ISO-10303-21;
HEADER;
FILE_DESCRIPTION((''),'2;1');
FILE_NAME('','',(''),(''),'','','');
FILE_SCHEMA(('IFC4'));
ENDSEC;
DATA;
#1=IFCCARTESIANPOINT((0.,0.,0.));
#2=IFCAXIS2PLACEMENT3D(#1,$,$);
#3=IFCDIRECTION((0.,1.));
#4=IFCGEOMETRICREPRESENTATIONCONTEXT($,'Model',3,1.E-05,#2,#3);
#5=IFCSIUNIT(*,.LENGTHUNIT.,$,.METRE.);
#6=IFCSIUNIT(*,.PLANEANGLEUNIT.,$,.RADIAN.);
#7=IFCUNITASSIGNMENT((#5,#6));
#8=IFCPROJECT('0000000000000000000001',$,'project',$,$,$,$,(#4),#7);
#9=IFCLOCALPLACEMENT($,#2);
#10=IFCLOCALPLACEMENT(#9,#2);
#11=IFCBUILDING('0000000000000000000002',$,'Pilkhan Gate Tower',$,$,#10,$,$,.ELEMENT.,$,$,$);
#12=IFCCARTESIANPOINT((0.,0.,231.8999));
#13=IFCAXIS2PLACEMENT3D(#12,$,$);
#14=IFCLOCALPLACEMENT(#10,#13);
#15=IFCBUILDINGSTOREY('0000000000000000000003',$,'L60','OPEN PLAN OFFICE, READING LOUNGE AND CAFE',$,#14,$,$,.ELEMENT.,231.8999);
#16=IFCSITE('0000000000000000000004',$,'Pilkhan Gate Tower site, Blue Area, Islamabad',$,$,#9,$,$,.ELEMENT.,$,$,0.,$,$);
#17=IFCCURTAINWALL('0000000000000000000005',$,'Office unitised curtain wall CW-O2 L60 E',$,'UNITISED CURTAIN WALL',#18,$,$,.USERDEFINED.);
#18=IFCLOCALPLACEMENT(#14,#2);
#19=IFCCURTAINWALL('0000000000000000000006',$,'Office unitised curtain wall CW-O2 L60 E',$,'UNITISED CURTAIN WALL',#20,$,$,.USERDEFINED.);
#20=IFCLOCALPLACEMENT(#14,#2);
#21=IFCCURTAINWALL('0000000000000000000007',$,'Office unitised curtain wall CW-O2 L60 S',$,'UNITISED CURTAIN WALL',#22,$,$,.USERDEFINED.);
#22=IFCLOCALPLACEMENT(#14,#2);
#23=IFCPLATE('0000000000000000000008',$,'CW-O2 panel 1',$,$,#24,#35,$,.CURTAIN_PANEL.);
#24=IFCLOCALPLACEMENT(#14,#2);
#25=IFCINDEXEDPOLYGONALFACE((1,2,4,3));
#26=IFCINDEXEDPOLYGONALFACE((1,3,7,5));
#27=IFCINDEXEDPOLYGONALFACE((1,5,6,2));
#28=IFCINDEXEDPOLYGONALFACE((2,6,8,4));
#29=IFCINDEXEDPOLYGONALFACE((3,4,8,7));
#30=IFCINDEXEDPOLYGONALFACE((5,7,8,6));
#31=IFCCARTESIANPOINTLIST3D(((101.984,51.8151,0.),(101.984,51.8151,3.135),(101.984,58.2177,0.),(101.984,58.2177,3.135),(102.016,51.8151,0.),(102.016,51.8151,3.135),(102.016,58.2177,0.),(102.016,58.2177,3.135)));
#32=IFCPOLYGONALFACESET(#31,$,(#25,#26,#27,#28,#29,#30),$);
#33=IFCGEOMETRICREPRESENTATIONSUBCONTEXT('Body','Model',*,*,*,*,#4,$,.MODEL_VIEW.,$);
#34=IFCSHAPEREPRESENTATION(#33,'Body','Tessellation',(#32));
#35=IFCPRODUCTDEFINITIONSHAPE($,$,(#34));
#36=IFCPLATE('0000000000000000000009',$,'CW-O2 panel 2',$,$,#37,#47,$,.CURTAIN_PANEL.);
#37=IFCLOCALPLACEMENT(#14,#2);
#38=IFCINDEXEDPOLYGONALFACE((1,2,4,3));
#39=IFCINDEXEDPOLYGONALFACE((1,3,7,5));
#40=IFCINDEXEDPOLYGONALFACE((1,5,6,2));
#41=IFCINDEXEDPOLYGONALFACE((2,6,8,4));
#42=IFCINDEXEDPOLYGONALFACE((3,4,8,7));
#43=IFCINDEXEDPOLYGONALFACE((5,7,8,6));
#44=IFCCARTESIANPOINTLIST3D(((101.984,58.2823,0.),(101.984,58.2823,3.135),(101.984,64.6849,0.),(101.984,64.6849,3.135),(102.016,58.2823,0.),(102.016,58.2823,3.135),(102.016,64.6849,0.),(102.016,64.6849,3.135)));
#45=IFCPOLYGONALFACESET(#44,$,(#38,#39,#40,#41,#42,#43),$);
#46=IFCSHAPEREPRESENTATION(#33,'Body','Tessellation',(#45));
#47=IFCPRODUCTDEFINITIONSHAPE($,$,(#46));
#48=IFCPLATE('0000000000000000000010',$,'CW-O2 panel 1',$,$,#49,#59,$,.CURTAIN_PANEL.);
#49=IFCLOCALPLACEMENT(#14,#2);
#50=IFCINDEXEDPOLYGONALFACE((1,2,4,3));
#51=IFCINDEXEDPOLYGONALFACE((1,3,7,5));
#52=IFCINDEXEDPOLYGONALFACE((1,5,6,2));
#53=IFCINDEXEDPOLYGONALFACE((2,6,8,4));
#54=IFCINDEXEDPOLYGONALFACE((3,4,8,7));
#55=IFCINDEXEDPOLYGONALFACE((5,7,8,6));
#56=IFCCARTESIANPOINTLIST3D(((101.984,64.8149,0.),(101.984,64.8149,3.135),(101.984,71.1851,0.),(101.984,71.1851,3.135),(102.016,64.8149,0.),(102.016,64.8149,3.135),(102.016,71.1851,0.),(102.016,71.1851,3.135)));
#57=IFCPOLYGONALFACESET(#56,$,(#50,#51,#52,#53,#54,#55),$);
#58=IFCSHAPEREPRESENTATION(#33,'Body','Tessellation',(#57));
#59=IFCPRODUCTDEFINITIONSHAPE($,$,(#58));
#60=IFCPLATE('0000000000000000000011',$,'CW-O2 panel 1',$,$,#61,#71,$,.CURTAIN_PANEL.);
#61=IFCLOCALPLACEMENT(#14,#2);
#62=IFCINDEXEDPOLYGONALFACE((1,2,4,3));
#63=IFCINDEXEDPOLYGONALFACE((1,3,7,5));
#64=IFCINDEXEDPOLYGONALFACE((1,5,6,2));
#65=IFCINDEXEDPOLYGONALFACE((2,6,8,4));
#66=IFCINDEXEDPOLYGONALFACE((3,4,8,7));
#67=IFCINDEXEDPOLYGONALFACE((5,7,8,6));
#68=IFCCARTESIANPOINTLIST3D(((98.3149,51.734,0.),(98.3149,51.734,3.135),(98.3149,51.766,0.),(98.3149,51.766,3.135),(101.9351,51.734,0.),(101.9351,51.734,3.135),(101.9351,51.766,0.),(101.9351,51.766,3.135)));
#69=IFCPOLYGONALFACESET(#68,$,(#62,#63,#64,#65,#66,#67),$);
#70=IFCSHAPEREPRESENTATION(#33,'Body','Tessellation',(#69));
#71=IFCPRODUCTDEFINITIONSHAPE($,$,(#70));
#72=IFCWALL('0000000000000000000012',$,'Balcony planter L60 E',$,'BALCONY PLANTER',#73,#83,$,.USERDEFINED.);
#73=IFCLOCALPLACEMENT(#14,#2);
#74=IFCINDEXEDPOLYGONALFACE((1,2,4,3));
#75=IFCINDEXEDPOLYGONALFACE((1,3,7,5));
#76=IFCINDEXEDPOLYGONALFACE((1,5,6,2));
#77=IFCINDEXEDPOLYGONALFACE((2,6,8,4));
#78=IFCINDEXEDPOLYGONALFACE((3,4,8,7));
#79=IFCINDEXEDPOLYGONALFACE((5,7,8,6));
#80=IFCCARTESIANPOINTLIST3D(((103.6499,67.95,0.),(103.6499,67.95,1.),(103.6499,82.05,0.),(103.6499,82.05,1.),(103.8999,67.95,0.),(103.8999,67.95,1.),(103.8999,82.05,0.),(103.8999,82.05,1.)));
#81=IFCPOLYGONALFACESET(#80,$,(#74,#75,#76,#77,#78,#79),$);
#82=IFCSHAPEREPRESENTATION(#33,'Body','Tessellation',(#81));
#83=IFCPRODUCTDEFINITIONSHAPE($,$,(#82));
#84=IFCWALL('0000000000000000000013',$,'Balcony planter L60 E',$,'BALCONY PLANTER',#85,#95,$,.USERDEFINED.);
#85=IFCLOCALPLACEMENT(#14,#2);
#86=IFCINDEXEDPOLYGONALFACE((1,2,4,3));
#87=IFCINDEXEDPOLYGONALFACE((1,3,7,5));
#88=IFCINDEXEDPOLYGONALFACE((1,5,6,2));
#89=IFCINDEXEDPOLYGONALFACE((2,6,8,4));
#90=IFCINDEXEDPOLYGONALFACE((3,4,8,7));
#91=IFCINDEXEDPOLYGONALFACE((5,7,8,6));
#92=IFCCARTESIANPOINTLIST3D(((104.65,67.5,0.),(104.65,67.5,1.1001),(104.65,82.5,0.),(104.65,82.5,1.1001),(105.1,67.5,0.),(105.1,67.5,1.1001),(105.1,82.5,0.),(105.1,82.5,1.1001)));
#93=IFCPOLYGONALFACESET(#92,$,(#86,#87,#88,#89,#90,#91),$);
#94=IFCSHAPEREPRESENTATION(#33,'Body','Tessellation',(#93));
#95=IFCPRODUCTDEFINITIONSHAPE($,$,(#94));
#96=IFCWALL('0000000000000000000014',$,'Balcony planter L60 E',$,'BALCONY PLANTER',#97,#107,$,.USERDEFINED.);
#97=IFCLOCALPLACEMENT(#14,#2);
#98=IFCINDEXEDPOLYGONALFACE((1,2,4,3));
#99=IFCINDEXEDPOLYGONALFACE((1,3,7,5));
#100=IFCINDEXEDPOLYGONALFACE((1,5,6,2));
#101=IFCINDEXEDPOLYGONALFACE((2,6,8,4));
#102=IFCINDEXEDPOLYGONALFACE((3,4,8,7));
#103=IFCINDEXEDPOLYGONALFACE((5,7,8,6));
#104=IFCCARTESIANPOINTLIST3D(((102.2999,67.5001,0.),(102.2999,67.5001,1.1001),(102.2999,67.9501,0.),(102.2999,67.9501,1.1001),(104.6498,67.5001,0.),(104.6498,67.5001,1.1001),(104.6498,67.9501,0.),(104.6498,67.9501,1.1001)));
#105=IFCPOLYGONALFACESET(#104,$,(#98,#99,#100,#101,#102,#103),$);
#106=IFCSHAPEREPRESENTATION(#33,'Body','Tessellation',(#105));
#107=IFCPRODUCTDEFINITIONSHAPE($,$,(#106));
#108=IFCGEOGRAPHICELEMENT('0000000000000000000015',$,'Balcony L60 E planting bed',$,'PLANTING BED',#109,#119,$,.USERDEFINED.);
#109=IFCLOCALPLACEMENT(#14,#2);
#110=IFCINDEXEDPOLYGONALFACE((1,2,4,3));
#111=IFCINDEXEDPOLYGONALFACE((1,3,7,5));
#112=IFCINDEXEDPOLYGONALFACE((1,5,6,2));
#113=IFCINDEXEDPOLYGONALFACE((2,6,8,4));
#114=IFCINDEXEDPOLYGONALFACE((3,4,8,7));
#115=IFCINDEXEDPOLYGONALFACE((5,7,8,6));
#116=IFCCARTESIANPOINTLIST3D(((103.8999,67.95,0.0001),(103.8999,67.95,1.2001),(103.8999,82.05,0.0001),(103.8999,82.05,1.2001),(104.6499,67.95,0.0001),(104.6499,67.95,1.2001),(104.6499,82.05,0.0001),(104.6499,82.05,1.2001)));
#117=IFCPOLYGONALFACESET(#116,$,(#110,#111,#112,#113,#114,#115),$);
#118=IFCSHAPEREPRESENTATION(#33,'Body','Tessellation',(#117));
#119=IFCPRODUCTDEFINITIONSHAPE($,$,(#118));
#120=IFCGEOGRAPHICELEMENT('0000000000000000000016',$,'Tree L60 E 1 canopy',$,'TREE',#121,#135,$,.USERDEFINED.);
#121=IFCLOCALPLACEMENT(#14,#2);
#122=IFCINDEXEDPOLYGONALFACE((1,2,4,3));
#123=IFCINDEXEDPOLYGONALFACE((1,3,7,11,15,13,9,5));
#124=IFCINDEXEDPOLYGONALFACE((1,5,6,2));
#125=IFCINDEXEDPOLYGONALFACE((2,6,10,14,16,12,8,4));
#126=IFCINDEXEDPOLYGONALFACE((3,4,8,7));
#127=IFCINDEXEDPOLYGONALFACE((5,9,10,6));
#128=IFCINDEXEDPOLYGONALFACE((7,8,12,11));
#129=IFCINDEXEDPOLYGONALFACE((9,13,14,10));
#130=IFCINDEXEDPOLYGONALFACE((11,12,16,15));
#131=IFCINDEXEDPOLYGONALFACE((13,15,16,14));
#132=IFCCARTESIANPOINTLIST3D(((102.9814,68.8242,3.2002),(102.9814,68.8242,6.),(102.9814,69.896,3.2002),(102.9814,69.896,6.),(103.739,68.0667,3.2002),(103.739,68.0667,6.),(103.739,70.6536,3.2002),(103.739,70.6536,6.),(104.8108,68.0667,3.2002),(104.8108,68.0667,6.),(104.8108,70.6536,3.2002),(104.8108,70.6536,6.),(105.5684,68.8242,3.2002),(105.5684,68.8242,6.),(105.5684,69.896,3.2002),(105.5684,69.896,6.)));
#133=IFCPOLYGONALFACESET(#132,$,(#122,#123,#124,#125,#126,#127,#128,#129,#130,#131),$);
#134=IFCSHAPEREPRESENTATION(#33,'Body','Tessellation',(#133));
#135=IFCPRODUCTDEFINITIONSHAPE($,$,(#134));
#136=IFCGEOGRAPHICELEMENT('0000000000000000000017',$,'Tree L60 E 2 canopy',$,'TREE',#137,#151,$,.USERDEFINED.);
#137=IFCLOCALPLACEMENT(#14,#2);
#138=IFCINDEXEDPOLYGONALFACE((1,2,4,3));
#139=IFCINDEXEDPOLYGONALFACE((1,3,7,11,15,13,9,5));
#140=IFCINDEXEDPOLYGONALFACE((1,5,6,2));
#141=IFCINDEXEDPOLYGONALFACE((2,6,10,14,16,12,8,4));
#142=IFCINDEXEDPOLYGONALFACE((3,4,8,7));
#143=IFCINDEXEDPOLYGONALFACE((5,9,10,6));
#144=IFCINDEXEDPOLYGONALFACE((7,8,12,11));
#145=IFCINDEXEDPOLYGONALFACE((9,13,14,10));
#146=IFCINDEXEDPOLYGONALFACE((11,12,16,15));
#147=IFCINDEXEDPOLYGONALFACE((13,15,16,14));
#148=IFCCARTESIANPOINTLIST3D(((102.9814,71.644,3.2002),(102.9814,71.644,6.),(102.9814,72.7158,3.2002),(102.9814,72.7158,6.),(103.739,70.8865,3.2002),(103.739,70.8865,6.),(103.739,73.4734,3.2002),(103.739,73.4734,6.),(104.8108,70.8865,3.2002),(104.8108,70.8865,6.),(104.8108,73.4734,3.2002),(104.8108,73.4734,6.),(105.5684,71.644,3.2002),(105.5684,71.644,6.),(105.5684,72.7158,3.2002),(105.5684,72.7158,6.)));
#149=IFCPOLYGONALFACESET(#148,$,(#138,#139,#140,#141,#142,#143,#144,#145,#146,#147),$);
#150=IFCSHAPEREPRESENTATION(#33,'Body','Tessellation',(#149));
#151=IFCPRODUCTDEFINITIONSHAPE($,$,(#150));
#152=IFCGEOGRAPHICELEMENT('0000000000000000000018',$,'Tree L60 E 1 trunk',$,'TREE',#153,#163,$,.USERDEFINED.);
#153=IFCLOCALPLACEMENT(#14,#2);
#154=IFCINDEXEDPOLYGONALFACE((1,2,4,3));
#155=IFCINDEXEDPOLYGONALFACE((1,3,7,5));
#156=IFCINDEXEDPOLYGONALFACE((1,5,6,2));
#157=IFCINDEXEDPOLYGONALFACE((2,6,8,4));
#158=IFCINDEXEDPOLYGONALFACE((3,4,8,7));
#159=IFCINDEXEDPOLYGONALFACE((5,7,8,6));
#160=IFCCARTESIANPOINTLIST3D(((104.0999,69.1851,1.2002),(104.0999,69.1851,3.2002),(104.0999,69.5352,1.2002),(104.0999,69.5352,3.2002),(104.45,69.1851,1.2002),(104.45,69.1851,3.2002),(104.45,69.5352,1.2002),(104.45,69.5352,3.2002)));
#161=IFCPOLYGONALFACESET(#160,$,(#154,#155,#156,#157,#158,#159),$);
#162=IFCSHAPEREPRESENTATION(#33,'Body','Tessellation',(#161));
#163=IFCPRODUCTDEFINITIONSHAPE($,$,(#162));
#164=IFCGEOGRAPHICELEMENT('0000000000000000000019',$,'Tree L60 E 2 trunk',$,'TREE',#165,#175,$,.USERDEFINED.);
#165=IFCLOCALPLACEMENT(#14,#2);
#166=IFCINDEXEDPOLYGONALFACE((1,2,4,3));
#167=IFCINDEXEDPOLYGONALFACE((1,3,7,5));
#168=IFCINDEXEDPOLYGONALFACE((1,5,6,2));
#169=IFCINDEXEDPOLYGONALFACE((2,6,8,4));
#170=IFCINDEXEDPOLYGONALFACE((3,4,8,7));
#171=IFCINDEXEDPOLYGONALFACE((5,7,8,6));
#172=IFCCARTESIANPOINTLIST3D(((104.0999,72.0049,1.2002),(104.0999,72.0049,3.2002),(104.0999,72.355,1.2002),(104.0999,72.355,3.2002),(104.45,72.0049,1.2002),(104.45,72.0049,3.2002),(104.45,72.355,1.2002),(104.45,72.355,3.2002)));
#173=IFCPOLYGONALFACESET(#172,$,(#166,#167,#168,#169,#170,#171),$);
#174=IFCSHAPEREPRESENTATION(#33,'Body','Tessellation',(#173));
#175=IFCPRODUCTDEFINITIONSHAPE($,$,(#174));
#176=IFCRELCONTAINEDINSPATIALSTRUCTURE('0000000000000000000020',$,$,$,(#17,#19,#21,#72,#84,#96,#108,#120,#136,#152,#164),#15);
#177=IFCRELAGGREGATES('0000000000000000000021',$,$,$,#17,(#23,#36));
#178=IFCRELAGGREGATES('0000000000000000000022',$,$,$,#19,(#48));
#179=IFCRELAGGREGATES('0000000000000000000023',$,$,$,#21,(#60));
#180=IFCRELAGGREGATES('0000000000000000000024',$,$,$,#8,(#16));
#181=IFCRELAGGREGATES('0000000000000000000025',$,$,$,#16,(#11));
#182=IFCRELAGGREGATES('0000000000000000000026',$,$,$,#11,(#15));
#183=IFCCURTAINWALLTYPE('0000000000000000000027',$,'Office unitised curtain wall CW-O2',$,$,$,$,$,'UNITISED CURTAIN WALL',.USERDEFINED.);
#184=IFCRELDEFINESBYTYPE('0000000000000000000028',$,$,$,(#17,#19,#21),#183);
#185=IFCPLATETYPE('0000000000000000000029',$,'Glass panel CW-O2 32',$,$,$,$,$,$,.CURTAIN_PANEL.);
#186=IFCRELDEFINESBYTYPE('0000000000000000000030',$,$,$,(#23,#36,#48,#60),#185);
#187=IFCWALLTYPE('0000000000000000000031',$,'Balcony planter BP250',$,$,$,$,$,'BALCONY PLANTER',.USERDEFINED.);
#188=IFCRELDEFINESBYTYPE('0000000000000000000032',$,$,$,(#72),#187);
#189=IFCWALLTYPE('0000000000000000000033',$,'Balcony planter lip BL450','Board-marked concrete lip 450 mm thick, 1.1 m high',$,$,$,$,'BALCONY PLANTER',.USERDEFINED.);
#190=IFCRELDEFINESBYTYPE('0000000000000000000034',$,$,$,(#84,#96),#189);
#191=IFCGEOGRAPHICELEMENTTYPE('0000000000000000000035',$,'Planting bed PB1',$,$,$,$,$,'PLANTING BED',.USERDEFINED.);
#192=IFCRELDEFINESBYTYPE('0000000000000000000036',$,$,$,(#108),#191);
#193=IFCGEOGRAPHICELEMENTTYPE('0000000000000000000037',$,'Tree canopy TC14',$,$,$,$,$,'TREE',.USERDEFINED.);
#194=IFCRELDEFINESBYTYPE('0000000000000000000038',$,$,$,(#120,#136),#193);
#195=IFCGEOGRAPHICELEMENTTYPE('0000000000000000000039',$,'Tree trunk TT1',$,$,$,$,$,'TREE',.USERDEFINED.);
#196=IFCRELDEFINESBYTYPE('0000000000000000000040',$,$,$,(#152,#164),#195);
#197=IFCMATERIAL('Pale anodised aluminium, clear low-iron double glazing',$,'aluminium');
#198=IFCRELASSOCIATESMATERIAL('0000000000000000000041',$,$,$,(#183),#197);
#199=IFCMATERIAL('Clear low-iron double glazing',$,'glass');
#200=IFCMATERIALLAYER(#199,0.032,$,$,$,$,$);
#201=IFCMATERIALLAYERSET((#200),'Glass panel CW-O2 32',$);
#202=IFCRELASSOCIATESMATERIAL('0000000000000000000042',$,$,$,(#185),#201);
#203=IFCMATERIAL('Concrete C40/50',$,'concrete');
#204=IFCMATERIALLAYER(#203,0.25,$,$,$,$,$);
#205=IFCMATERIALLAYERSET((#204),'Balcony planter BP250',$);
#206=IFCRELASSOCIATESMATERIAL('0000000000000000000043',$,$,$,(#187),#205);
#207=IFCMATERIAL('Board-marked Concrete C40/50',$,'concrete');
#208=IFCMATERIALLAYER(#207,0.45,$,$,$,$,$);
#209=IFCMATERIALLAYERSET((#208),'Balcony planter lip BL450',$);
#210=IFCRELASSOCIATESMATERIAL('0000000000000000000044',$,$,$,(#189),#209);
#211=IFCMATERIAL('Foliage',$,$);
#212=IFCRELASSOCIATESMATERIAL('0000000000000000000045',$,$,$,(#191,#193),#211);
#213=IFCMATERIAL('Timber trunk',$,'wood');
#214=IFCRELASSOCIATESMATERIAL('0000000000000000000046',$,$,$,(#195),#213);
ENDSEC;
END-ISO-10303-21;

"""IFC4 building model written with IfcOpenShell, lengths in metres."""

from ifc_helpers import new_model, si_unit, direction, frame, frame_2d, origin, origin_2d, place, context, subcontext, project, spatial, polyline, rectangle, outline, extrude, material, layer, layer_set, material_profile, profile_set, type_object, element, aggregate, save


model = new_model("IFC4")

# Units and contexts
model_context = context("Model", 3, precision=1e-05, world=origin(), true_north=direction((0.0, 1.0)))
body_context = subcontext(model_context, "Body", "Model", "MODEL_VIEW")
ifc_project = project(units=[si_unit("LENGTHUNIT", "METRE"), si_unit("PLANEANGLEUNIT", "RADIAN")], contexts=[model_context])

# Site, building, storey
site_placement = place(None, origin())
site = spatial("IfcSite", under=ifc_project, at=site_placement, Name="Pilkhan Gate Tower site, Blue Area, Islamabad", CompositionType="ELEMENT", RefElevation=0.0)
building_placement = place(site_placement, origin())
building = spatial("IfcBuilding", under=site, at=building_placement, Name="Pilkhan Gate Tower", CompositionType="ELEMENT")
storey_placement = place(building_placement, frame((0.0, 0.0, 231.8999)))
storey = spatial("IfcBuildingStorey", under=building, at=storey_placement, Name="L60", Description="OPEN PLAN OFFICE, READING LOUNGE AND CAFE", CompositionType="ELEMENT", Elevation=231.8999)

# Curtain walls
ifc_material_1 = material(Name="Pale anodised aluminium, clear low-iron double glazing", Category="aluminium")
curtain_wall_type = type_object("IfcCurtainWallType", Name="Office unitised curtain wall CW-O2", ElementType="UNITISED CURTAIN WALL", PredefinedType="USERDEFINED", material=ifc_material_1)
curtain_wall_1_placement = place(storey_placement, origin())
curtain_wall_1 = element("IfcCurtainWall", 1, at=curtain_wall_1_placement, inside=storey, type_object=curtain_wall_type, Name="Office unitised curtain wall CW-O2 L60 E", ObjectType="UNITISED CURTAIN WALL", PredefinedType="USERDEFINED")
curtain_wall_2_placement = place(storey_placement, origin())
curtain_wall_2 = element("IfcCurtainWall", 2, at=curtain_wall_2_placement, inside=storey, type_object=curtain_wall_type, Name="Office unitised curtain wall CW-O2 L60 E", ObjectType="UNITISED CURTAIN WALL", PredefinedType="USERDEFINED")
curtain_wall_3_placement = place(storey_placement, origin())
curtain_wall_3 = element("IfcCurtainWall", 3, at=curtain_wall_3_placement, inside=storey, type_object=curtain_wall_type, Name="Office unitised curtain wall CW-O2 L60 S", ObjectType="UNITISED CURTAIN WALL", PredefinedType="USERDEFINED")

# Plates
ifc_material_2 = material(Name="Clear low-iron double glazing", Category="glass")
ifc_layer_1 = layer(ifc_material_2, 0.032)
ifc_layer_set_1 = layer_set([ifc_layer_1], Name="Glass panel CW-O2 32")
plate_type = type_object("IfcPlateType", Name="Glass panel CW-O2 32", PredefinedType="CURTAIN_PANEL", material=ifc_layer_set_1)
plate_1_placement = place(storey_placement, frame((102.0, 55.0164, 0.0), z_axis=(0.0, 0.0, 1.0), x_axis=(0.0, 1.0, 0.0)))
plate_1 = element("IfcPlate", 4, at=plate_1_placement, type_object=plate_type, Name="CW-O2 panel 1", PredefinedType="CURTAIN_PANEL", context=body_context, shape_type="SweptSolid", body=[
    extrude(rectangle(XDim=6.4026, YDim=0.032, at=origin_2d()), origin(), (0.0, 0.0, 1.0), 3.135),
])
plate_2_placement = place(storey_placement, frame((102.0, 61.4836, 0.0), z_axis=(0.0, 0.0, 1.0), x_axis=(0.0, 1.0, 0.0)))
plate_2 = element("IfcPlate", 5, at=plate_2_placement, type_object=plate_type, Name="CW-O2 panel 2", PredefinedType="CURTAIN_PANEL", context=body_context, shape_type="SweptSolid", body=[
    extrude(rectangle(XDim=6.4026, YDim=0.032, at=origin_2d()), origin(), (0.0, 0.0, 1.0), 3.135),
])
aggregate(curtain_wall_1, [plate_1, plate_2])
plate_3_placement = place(storey_placement, frame((102.0, 68.0, 0.0), z_axis=(0.0, 0.0, 1.0), x_axis=(0.0, 1.0, 0.0)))
plate_3 = element("IfcPlate", 6, at=plate_3_placement, type_object=plate_type, Name="CW-O2 panel 1", PredefinedType="CURTAIN_PANEL", context=body_context, shape_type="SweptSolid", body=[
    extrude(rectangle(XDim=6.3701, YDim=0.032, at=origin_2d()), origin(), (0.0, 0.0, 1.0), 3.135),
])
aggregate(curtain_wall_2, [plate_3])
plate_4_placement = place(storey_placement, frame((100.125, 51.75, 0.0), z_axis=(0.0, 0.0, 1.0), x_axis=(1.0, 0.0, 0.0)))
plate_4 = element("IfcPlate", 7, at=plate_4_placement, type_object=plate_type, Name="CW-O2 panel 1", PredefinedType="CURTAIN_PANEL", context=body_context, shape_type="SweptSolid", body=[
    extrude(rectangle(XDim=3.6201, YDim=0.032, at=origin_2d()), origin(), (0.0, 0.0, 1.0), 3.135),
])
aggregate(curtain_wall_3, [plate_4])

# Walls
ifc_material_3 = material(Name="Concrete C40/50", Category="concrete")
ifc_layer_2 = layer(ifc_material_3, 0.25)
ifc_layer_set_2 = layer_set([ifc_layer_2], Name="Balcony planter BP250")
wall_type_1 = type_object("IfcWallType", Name="Balcony planter BP250", ElementType="BALCONY PLANTER", PredefinedType="USERDEFINED", material=ifc_layer_set_2)
wall_1_placement = place(storey_placement, frame((103.7749, 67.95, 0.0), z_axis=(0.0, 0.0, 1.0), x_axis=(0.0, 1.0, 0.0)))
element("IfcWall", 8, at=wall_1_placement, inside=storey, type_object=wall_type_1, Name="Balcony planter L60 E", ObjectType="BALCONY PLANTER", PredefinedType="USERDEFINED", context=body_context, shape_type="SweptSolid", body=[
    extrude(rectangle(XDim=14.1001, YDim=0.25, at=frame_2d((7.05, 0.0))), origin(), (0.0, 0.0, 1.0), 1.0),
])
ifc_material_4 = material(Name="Board-marked Concrete C40/50", Category="concrete")
ifc_layer_3 = layer(ifc_material_4, 0.45)
ifc_layer_set_3 = layer_set([ifc_layer_3], Name="Balcony planter lip BL450")
wall_type_2 = type_object("IfcWallType", Name="Balcony planter lip BL450", Description="Board-marked concrete lip 450 mm thick, 1.1 m high", ElementType="BALCONY PLANTER", PredefinedType="USERDEFINED", material=ifc_layer_set_3)
wall_2_placement = place(storey_placement, frame((104.875, 67.5, 0.0), z_axis=(0.0, 0.0, 1.0), x_axis=(0.0, 1.0, 0.0)))
element("IfcWall", 9, at=wall_2_placement, inside=storey, type_object=wall_type_2, Name="Balcony planter L60 E", ObjectType="BALCONY PLANTER", PredefinedType="USERDEFINED", context=body_context, shape_type="SweptSolid", body=[
    extrude(rectangle(XDim=15.0, YDim=0.45, at=frame_2d((7.5, 0.0))), origin(), (0.0, 0.0, 1.0), 1.1001),
])
wall_3_placement = place(storey_placement, frame((102.3, 67.7251, 0.0), z_axis=(0.0, 0.0, 1.0), x_axis=(1.0, 0.0, 0.0)))
element("IfcWall", 10, at=wall_3_placement, inside=storey, type_object=wall_type_2, Name="Balcony planter L60 E", ObjectType="BALCONY PLANTER", PredefinedType="USERDEFINED", context=body_context, shape_type="SweptSolid", body=[
    extrude(rectangle(XDim=2.3499, YDim=0.45, at=frame_2d((1.1748, 0.0))), origin(), (0.0, 0.0, 1.0), 1.1001),
])

# Geographic elements
ifc_material_5 = material(Name="Foliage")
ifc_material_profile_1 = material_profile(ifc_material_5, rectangle(XDim=0.75, YDim=1.2, at=origin_2d()), Name="Bed 750x1200")
ifc_profile_set_1 = profile_set([ifc_material_profile_1], Name="Foliage")
geographic_element_type_1 = type_object("IfcGeographicElementType", Name="Planting bed PB1", ElementType="PLANTING BED", PredefinedType="USERDEFINED", material=ifc_profile_set_1)
geographic_element_placement = place(storey_placement, frame((104.2749, 67.95, 0.6001), z_axis=(0.0, 1.0, 0.0), x_axis=(-1.0, 0.0, 0.0)))
element("IfcGeographicElement", 11, at=geographic_element_placement, inside=storey, type_object=geographic_element_type_1, Name="Balcony L60 E planting bed", ObjectType="PLANTING BED", PredefinedType="USERDEFINED", context=body_context, shape_type="SweptSolid", body=[
    extrude(rectangle(XDim=0.75, YDim=1.2, at=origin_2d()), origin(), (0.0, 0.0, 1.0), 14.1001),
])
ifc_material_profile_2 = material_profile(ifc_material_5, outline(polyline([(1.2935, 0.5359), (0.5359, 1.2935), (-0.5359, 1.2935), (-1.2935, 0.5359), (-1.2935, -0.5359), (-0.5359, -1.2935), (0.5359, -1.2935), (1.2935, -0.5359), (1.2935, 0.5359)])), Name="Canopy D2.8")
ifc_profile_set_2 = profile_set([ifc_material_profile_2], Name="Foliage")
geographic_element_type_2 = type_object("IfcGeographicElementType", Name="Tree canopy TC14", ElementType="TREE", PredefinedType="USERDEFINED", material=ifc_profile_set_2)
for number, where, z_axis, x_axis, name in (
    (12, (104.2749, 69.3601, 3.2002), (0.0, 0.0, 1.0), (1.0, 0.0, 0.0), "Tree L60 E 1 canopy"),
    (13, (104.2749, 72.1799, 3.2002), (0.0, 0.0, 1.0), (1.0, 0.0, 0.0), "Tree L60 E 2 canopy"),
):
    element("IfcGeographicElement", number, at=place(storey_placement, frame(where, z_axis=z_axis, x_axis=x_axis)), inside=storey, type_object=geographic_element_type_2, Name=name, ObjectType="TREE", PredefinedType="USERDEFINED", context=body_context, shape_type="SweptSolid", body=[
        extrude(outline(polyline([(1.2935, 0.5359), (0.5359, 1.2935), (-0.5359, 1.2935), (-1.2935, 0.5359), (-1.2935, -0.5359), (-0.5359, -1.2935), (0.5359, -1.2935), (1.2935, -0.5359), (1.2935, 0.5359)])), origin(), (0.0, 0.0, 1.0), 2.7998),
    ])
ifc_material_6 = material(Name="Timber trunk", Category="wood")
geographic_element_type_3 = type_object("IfcGeographicElementType", Name="Tree trunk TT1", ElementType="TREE", PredefinedType="USERDEFINED", material=ifc_material_6)
for number, where, z_axis, x_axis, name in (
    (14, (104.2749, 69.3601, 1.2002), (0.0, 0.0, 1.0), (1.0, 0.0, 0.0), "Tree L60 E 1 trunk"),
    (15, (104.2749, 72.1799, 1.2002), (0.0, 0.0, 1.0), (1.0, 0.0, 0.0), "Tree L60 E 2 trunk"),
):
    element("IfcGeographicElement", number, at=place(storey_placement, frame(where, z_axis=z_axis, x_axis=x_axis)), inside=storey, type_object=geographic_element_type_3, Name=name, ObjectType="TREE", PredefinedType="USERDEFINED", context=body_context, shape_type="SweptSolid", body=[
        extrude(rectangle(XDim=0.3501, YDim=0.3501, at=origin_2d()), origin(), (0.0, 0.0, 1.0), 2.0),
    ])

save(model, "model.ifc")
